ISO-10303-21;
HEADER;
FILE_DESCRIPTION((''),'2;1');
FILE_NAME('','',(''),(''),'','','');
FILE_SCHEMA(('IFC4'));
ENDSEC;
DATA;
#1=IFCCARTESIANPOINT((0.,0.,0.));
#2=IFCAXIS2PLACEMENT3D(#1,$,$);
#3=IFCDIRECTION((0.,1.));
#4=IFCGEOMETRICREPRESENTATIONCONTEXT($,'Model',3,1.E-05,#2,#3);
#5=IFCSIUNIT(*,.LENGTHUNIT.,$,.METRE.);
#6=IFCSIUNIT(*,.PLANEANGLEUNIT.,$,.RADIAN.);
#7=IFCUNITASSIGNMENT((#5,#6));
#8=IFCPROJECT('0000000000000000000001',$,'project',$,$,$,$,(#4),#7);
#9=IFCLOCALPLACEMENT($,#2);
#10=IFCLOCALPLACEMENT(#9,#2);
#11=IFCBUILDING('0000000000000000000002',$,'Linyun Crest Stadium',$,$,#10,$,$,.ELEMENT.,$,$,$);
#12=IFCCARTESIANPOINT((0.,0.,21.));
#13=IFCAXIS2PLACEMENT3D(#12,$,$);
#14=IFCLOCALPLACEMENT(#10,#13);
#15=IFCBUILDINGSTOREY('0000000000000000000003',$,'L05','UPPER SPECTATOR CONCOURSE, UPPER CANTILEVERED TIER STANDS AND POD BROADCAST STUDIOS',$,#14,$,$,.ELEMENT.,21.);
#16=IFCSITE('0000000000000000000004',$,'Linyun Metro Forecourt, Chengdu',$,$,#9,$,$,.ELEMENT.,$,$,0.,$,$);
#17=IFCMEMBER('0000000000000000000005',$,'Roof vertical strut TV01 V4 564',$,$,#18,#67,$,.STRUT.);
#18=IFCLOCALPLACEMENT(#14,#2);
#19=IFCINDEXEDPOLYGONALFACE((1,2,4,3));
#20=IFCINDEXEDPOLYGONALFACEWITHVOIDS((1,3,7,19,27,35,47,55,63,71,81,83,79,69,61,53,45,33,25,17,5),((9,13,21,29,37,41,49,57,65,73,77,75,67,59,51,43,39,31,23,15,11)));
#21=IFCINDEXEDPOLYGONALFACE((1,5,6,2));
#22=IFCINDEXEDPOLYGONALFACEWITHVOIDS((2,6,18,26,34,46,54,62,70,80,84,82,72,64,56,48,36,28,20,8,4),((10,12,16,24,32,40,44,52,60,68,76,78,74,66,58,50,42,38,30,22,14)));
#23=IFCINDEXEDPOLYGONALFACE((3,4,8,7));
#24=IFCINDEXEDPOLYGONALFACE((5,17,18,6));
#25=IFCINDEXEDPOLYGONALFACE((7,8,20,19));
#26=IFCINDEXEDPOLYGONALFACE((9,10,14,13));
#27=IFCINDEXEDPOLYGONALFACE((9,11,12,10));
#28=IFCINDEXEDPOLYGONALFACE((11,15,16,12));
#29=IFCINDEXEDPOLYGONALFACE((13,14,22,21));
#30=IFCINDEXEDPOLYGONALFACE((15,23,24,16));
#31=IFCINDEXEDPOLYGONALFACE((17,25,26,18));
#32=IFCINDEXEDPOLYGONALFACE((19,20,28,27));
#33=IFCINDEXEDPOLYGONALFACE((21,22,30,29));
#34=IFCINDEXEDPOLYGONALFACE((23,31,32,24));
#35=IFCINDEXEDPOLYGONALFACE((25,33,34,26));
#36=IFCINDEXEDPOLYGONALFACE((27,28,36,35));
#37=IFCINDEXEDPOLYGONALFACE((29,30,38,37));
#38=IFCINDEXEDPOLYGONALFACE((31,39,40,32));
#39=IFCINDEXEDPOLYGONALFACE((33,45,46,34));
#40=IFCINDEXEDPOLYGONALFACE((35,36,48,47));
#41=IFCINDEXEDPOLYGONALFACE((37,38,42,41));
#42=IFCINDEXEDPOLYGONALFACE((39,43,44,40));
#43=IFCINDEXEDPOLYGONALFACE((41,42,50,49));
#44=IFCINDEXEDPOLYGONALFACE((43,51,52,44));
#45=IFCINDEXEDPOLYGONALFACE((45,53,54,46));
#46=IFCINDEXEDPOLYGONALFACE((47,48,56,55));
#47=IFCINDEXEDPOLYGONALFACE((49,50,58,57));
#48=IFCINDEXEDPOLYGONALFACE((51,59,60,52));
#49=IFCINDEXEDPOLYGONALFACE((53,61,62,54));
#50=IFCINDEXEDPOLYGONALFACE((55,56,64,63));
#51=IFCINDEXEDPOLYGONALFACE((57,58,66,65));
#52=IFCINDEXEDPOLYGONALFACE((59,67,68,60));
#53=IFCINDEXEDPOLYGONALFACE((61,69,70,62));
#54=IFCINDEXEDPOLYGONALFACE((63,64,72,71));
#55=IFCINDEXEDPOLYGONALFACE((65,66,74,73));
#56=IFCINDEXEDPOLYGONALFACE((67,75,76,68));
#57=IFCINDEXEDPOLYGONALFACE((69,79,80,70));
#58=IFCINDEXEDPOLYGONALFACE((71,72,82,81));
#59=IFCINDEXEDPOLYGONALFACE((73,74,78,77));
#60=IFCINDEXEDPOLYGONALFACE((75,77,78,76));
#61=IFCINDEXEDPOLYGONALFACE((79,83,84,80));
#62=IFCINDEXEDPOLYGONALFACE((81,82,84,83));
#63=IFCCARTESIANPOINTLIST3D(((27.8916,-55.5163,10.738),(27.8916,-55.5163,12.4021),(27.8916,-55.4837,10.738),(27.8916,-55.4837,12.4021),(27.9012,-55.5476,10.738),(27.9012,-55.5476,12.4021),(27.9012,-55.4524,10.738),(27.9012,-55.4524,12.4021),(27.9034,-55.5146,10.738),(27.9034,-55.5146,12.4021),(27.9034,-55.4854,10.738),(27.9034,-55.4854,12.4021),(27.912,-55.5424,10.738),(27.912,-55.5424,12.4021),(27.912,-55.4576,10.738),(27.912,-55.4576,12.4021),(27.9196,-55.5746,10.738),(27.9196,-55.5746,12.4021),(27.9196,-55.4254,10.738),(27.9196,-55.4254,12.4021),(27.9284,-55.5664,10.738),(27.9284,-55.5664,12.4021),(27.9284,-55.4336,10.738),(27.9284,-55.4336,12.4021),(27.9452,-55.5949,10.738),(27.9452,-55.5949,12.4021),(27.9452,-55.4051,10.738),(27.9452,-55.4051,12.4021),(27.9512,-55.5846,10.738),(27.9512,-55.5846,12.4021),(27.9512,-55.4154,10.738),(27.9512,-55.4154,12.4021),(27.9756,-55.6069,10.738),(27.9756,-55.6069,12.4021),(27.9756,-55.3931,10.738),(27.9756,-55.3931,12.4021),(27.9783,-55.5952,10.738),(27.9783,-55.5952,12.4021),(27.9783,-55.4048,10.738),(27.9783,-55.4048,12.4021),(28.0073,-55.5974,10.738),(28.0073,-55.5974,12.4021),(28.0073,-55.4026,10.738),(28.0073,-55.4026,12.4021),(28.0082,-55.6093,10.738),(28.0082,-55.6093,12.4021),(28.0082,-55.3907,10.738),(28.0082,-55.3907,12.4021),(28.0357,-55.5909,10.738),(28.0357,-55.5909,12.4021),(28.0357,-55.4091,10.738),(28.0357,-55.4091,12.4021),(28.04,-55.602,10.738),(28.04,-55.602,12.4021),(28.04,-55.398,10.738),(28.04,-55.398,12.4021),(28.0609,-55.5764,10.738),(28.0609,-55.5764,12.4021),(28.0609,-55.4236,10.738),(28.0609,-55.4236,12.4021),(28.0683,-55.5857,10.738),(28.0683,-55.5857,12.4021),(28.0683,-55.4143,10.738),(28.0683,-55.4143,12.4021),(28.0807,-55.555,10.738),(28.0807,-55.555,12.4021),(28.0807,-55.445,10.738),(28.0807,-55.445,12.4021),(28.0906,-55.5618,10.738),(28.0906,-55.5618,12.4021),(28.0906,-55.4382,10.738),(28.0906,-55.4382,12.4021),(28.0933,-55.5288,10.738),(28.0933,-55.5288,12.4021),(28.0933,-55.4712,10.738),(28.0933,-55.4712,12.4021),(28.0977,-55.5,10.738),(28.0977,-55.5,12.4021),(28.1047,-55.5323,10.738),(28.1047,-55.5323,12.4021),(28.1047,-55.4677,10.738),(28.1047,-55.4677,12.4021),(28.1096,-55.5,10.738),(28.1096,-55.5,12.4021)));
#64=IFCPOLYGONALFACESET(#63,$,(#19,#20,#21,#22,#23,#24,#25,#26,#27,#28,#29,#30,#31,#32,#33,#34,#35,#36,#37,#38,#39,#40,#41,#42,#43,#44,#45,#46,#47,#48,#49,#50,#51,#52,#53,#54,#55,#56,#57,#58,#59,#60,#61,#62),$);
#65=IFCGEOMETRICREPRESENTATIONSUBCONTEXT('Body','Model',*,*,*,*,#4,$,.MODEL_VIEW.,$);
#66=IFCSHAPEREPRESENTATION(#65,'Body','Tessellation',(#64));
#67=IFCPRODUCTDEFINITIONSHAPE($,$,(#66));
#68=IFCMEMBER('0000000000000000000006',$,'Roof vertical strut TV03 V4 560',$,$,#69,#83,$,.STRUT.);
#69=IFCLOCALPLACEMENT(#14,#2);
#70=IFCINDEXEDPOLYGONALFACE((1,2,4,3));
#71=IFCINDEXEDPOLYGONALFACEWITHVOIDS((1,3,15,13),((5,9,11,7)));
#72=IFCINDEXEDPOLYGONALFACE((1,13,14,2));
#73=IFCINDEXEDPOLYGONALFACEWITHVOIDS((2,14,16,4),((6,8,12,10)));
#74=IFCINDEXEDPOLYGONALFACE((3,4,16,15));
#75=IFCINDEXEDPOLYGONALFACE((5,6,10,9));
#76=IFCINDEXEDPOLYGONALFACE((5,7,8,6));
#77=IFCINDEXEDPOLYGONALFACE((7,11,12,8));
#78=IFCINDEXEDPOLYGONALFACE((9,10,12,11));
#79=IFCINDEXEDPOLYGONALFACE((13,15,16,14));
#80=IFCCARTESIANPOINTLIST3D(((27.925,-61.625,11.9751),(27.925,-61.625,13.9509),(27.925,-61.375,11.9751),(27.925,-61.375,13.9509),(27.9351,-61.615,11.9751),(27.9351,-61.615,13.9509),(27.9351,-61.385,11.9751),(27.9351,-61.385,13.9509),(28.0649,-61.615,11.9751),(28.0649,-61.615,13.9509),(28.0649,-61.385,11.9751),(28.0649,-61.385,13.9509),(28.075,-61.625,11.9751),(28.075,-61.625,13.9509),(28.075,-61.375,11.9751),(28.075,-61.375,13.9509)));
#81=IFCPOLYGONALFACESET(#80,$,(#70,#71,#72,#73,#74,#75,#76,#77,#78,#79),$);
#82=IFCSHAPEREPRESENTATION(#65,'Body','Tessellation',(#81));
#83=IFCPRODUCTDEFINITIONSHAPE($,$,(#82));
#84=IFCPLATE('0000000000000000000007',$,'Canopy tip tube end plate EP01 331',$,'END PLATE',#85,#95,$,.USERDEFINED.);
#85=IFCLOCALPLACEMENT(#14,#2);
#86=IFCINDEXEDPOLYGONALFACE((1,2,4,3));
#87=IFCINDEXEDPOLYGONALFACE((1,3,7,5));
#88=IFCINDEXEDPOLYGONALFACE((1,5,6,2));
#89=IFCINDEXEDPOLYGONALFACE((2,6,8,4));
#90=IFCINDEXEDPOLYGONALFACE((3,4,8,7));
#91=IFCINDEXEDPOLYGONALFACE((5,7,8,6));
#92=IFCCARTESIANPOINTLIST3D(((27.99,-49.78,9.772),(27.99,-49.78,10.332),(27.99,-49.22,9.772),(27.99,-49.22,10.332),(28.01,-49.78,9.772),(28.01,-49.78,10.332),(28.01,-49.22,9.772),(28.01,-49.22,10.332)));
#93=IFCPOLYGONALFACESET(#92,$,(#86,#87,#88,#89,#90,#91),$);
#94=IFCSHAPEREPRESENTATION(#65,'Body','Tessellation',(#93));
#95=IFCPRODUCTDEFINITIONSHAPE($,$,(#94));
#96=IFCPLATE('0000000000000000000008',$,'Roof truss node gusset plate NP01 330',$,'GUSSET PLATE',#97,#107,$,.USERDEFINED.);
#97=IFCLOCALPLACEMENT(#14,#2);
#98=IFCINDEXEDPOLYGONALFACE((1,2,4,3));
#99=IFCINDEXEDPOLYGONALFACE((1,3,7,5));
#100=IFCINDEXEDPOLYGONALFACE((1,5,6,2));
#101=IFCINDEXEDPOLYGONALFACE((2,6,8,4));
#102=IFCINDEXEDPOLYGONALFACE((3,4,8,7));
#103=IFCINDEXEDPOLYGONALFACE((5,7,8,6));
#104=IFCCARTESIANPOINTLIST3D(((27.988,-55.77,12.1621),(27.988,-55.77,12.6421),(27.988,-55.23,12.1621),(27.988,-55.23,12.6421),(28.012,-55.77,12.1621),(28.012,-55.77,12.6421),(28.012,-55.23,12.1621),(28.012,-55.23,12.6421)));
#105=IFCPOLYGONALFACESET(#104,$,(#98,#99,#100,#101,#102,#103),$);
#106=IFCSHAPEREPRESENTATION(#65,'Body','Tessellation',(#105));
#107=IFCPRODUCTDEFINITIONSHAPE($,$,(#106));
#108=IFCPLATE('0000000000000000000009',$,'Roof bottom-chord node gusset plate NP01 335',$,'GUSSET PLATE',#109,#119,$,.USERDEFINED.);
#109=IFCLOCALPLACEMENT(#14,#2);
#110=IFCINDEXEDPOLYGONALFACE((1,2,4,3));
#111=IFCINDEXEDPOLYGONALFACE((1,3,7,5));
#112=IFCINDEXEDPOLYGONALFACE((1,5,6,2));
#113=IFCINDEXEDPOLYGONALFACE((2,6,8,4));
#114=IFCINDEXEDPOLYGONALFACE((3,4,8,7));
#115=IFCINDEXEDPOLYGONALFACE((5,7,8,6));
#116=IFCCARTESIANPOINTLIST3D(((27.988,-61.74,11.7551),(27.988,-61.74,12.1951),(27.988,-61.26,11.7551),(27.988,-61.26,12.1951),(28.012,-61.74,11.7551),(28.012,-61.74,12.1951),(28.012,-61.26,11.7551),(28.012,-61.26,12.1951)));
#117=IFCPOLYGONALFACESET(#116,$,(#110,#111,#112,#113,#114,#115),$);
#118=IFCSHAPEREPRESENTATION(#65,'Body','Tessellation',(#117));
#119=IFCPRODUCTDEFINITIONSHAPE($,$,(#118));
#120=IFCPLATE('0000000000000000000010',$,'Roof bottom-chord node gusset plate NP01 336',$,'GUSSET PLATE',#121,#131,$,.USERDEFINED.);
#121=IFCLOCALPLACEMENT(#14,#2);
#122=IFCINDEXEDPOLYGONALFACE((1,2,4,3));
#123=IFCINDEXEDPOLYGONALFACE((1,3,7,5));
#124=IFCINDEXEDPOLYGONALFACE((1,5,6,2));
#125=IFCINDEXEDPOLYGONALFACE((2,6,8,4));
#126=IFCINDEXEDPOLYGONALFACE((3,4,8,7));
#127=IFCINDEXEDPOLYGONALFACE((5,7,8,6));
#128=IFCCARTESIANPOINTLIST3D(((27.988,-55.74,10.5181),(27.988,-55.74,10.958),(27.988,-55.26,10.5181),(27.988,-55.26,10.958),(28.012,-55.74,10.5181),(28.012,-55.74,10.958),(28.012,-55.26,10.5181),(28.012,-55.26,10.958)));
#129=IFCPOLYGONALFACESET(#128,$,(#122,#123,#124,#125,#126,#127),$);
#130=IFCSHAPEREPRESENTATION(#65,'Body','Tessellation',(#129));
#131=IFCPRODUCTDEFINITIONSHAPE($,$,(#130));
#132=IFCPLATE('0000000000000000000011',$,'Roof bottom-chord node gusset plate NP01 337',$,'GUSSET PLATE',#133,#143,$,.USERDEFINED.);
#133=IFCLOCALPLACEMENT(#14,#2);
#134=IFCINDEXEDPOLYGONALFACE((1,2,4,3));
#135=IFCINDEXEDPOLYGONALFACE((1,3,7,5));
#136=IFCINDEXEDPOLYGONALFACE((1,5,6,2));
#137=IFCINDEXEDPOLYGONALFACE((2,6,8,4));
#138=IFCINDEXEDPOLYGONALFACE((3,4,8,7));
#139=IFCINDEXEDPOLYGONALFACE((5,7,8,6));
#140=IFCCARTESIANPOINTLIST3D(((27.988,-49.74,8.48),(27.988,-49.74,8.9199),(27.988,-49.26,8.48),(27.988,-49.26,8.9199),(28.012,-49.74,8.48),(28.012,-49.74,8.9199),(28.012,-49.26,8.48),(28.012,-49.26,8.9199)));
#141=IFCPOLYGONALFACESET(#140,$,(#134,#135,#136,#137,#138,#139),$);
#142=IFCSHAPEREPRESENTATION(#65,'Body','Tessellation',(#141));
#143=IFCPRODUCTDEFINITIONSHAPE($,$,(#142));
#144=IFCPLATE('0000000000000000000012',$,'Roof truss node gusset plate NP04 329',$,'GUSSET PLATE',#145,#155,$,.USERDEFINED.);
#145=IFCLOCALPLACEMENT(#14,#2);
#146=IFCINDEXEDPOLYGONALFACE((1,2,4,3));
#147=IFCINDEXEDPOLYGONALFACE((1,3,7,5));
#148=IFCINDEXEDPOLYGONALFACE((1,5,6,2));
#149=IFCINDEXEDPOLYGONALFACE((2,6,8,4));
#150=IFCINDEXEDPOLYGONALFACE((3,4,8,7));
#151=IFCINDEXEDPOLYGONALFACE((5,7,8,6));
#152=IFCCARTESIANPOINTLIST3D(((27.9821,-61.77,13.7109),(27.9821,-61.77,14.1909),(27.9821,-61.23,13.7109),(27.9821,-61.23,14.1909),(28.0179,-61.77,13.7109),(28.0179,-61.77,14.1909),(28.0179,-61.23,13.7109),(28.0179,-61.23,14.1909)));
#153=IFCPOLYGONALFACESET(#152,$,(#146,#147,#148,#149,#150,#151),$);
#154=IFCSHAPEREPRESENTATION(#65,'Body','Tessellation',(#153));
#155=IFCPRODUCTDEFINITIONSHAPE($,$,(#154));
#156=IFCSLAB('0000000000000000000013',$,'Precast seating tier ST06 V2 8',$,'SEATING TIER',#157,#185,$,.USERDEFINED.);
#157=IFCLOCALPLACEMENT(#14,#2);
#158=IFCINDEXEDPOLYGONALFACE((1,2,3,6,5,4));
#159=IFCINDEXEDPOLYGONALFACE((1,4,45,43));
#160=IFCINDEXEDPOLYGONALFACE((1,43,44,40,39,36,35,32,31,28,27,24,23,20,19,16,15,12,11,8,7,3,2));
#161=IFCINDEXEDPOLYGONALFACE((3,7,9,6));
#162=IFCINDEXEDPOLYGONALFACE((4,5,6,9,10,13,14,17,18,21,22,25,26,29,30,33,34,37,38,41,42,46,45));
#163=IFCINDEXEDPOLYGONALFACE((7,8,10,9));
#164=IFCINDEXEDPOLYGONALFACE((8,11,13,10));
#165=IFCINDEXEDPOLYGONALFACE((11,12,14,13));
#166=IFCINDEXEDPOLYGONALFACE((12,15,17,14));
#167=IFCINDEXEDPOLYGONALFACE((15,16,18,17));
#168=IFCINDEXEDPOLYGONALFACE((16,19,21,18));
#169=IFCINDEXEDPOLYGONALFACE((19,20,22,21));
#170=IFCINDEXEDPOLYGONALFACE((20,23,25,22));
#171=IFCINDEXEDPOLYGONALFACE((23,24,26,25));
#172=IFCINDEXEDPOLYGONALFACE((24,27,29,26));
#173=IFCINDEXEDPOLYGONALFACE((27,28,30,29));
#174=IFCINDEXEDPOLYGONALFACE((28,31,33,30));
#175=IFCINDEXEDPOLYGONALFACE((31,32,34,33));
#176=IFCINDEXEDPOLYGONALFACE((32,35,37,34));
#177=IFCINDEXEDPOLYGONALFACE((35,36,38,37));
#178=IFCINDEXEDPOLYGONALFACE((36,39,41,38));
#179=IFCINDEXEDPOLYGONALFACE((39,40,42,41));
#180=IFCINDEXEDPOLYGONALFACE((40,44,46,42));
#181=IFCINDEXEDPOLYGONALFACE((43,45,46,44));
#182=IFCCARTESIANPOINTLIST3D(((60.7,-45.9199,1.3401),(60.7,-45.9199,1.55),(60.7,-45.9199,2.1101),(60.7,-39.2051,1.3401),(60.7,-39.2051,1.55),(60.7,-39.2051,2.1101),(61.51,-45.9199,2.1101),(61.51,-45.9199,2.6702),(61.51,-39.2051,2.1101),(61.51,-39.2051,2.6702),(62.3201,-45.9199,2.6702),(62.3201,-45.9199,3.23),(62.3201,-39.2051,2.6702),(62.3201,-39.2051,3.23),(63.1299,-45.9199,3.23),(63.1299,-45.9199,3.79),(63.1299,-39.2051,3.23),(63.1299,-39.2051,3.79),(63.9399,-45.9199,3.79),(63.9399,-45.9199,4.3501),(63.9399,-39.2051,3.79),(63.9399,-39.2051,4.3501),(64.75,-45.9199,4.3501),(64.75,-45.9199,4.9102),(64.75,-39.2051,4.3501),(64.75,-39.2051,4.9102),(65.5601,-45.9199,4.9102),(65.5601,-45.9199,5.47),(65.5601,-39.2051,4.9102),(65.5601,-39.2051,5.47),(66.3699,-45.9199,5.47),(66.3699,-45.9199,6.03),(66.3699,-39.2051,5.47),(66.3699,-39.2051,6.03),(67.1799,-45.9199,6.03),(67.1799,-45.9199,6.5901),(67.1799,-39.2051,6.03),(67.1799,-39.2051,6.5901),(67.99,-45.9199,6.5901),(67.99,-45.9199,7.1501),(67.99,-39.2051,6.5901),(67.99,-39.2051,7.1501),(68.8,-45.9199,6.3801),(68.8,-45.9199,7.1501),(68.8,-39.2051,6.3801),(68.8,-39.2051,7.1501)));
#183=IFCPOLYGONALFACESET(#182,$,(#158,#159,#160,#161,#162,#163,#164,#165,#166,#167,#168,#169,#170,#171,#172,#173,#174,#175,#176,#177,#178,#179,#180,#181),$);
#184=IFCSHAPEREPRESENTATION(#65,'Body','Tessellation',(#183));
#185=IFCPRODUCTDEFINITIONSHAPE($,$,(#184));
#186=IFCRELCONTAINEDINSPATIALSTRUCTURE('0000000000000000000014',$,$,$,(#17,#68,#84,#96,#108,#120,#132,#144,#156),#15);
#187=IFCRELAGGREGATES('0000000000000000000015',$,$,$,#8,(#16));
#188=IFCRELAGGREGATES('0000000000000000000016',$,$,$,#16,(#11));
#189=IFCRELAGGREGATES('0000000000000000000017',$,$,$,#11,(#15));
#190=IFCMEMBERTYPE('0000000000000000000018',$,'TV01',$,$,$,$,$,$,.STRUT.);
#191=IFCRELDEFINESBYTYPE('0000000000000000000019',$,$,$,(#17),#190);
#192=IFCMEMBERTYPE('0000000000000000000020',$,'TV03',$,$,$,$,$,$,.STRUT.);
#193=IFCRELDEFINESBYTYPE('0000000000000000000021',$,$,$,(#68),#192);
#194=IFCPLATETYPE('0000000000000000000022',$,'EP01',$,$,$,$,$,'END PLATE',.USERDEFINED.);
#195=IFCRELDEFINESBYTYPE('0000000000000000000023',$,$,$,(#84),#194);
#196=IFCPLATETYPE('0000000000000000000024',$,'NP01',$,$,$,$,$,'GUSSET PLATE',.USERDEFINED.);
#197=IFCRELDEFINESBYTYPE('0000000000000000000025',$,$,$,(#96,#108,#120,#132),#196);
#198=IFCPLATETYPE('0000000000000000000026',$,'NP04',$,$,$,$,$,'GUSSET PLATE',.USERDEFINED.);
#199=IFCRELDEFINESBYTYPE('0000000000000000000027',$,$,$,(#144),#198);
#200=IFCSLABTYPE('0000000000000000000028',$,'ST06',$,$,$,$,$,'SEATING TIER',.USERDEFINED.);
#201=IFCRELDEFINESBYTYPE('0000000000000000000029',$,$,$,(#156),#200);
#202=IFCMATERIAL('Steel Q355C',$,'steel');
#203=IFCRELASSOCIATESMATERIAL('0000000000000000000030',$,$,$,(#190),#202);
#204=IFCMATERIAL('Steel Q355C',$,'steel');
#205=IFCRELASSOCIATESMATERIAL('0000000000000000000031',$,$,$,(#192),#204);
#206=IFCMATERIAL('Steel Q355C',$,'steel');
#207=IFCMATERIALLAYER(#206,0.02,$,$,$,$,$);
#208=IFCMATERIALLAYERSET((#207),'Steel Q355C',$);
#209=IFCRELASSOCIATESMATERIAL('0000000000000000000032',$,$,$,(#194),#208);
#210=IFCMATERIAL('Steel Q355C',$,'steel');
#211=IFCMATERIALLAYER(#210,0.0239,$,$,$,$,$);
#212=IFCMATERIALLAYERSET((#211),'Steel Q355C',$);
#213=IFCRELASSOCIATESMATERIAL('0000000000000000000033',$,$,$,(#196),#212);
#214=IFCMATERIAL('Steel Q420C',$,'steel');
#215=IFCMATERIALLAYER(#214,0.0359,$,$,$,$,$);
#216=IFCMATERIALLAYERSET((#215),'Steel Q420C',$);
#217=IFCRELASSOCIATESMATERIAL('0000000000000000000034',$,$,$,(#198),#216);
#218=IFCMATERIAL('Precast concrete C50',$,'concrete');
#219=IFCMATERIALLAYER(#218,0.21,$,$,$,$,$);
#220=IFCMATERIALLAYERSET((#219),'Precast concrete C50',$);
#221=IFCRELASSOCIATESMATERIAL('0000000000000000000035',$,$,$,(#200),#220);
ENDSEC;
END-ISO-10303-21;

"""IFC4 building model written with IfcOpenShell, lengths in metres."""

from ifc_helpers import new_model, si_unit, direction, frame, origin, origin_2d, place, context, subcontext, project, spatial, polyline, rectangle, hollow_rectangle, hollow_circle, outline, extrude, material, layer, layer_set, material_profile, profile_set, type_object, element, save


model = new_model("IFC4")

# Units and contexts
model_context = context("Model", 3, precision=1e-05, world=origin(), true_north=direction((0.0, 1.0)))
body_context = subcontext(model_context, "Body", "Model", "MODEL_VIEW")
ifc_project = project(units=[si_unit("LENGTHUNIT", "METRE"), si_unit("PLANEANGLEUNIT", "RADIAN")], contexts=[model_context])

# Site, building, storey
site_placement = place(None, origin())
site = spatial("IfcSite", under=ifc_project, at=site_placement, Name="Linyun Metro Forecourt, Chengdu", CompositionType="ELEMENT", RefElevation=0.0)
building_placement = place(site_placement, origin())
building = spatial("IfcBuilding", under=site, at=building_placement, Name="Linyun Crest Stadium", CompositionType="ELEMENT")
storey_placement = place(building_placement, frame((0.0, 0.0, 21.0)))
storey = spatial("IfcBuildingStorey", under=building, at=storey_placement, Name="L05", Description="UPPER SPECTATOR CONCOURSE, UPPER CANTILEVERED TIER STANDS AND POD BROADCAST STUDIOS", CompositionType="ELEMENT", Elevation=21.0)

# Members
ifc_material_1 = material(Name="Steel Q355C", Category="steel")
ifc_material_profile_1 = material_profile(ifc_material_1, hollow_circle(Radius=0.1096, WallThickness=0.012, at=origin_2d()), Name="CHS 219x12")
ifc_profile_set_1 = profile_set([ifc_material_profile_1], Name="Steel Q355C")
member_type_1 = type_object("IfcMemberType", Name="TV01", PredefinedType="STRUT", material=ifc_profile_set_1)
member_1_placement = place(storey_placement, frame((28.0, -55.5, 10.738), z_axis=(0.0, 0.0, 1.0), x_axis=(1.0, 0.0, 0.0)))
element("IfcMember", 1, at=member_1_placement, inside=storey, type_object=member_type_1, Name="Roof vertical strut TV01 V4 564", PredefinedType="STRUT", context=body_context, shape_type="SweptSolid", body=[
    extrude(hollow_circle(Radius=0.1096, WallThickness=0.012, at=origin_2d()), origin(), (0.0, 0.0, 1.0), 1.6641),
])
ifc_material_2 = material(Name="Steel Q355C", Category="steel")
ifc_material_profile_2 = material_profile(ifc_material_2, hollow_rectangle(XDim=0.1499, YDim=0.25, WallThickness=0.01, at=origin_2d()), Name="RHS 250x150x10")
ifc_profile_set_2 = profile_set([ifc_material_profile_2], Name="Steel Q355C")
member_type_2 = type_object("IfcMemberType", Name="TV03", PredefinedType="STRUT", material=ifc_profile_set_2)
member_2_placement = place(storey_placement, frame((28.0, -61.5, 11.9751), z_axis=(0.0, 0.0, 1.0), x_axis=(1.0, 0.0, 0.0)))
element("IfcMember", 2, at=member_2_placement, inside=storey, type_object=member_type_2, Name="Roof vertical strut TV03 V4 560", PredefinedType="STRUT", context=body_context, shape_type="SweptSolid", body=[
    extrude(hollow_rectangle(XDim=0.1499, YDim=0.25, WallThickness=0.01, at=origin_2d()), origin(), (0.0, 0.0, 1.0), 1.9758),
])

# Plates
ifc_material_3 = material(Name="Steel Q355C", Category="steel")
ifc_layer_1 = layer(ifc_material_3, 0.02)
ifc_layer_set_1 = layer_set([ifc_layer_1], Name="Steel Q355C")
plate_type_1 = type_object("IfcPlateType", Name="EP01", ElementType="END PLATE", PredefinedType="USERDEFINED", material=ifc_layer_set_1)
plate_1_placement = place(storey_placement, frame((28.0, -49.5, 9.772), z_axis=(0.0, 0.0, 1.0), x_axis=(0.0, 1.0, 0.0)))
element("IfcPlate", 3, at=plate_1_placement, inside=storey, type_object=plate_type_1, Name="Canopy tip tube end plate EP01 331", ObjectType="END PLATE", PredefinedType="USERDEFINED", context=body_context, shape_type="SweptSolid", body=[
    extrude(rectangle(XDim=0.5601, YDim=0.02, at=origin_2d()), origin(), (0.0, 0.0, 1.0), 0.5601),
])
ifc_material_4 = material(Name="Steel Q355C", Category="steel")
ifc_layer_2 = layer(ifc_material_4, 0.0239)
ifc_layer_set_2 = layer_set([ifc_layer_2], Name="Steel Q355C")
plate_type_2 = type_object("IfcPlateType", Name="NP01", ElementType="GUSSET PLATE", PredefinedType="USERDEFINED", material=ifc_layer_set_2)
plate_2_placement = place(storey_placement, frame((28.0, -55.5, 12.1621), z_axis=(0.0, 0.0, 1.0), x_axis=(0.0, 1.0, 0.0)))
element("IfcPlate", 4, at=plate_2_placement, inside=storey, type_object=plate_type_2, Name="Roof truss node gusset plate NP01 330", ObjectType="GUSSET PLATE", PredefinedType="USERDEFINED", context=body_context, shape_type="SweptSolid", body=[
    extrude(rectangle(XDim=0.54, YDim=0.0239, at=origin_2d()), origin(), (0.0, 0.0, 1.0), 0.48),
])
for number, where, z_axis, x_axis, name in (
    (5, (28.0, -61.5, 11.7551), (0.0, 0.0, 1.0), (0.0, 1.0, 0.0), "Roof bottom-chord node gusset plate NP01 335"),
    (6, (28.0, -55.5, 10.5181), (0.0, 0.0, 1.0), (0.0, 1.0, 0.0), "Roof bottom-chord node gusset plate NP01 336"),
    (7, (28.0, -49.5, 8.48), (0.0, 0.0, 1.0), (0.0, 1.0, 0.0), "Roof bottom-chord node gusset plate NP01 337"),
):
    element("IfcPlate", number, at=place(storey_placement, frame(where, z_axis=z_axis, x_axis=x_axis)), inside=storey, type_object=plate_type_2, Name=name, ObjectType="GUSSET PLATE", PredefinedType="USERDEFINED", context=body_context, shape_type="SweptSolid", body=[
        extrude(rectangle(XDim=0.48, YDim=0.0239, at=origin_2d()), origin(), (0.0, 0.0, 1.0), 0.4399),
    ])
ifc_material_5 = material(Name="Steel Q420C", Category="steel")
ifc_layer_3 = layer(ifc_material_5, 0.0359)
ifc_layer_set_3 = layer_set([ifc_layer_3], Name="Steel Q420C")
plate_type_3 = type_object("IfcPlateType", Name="NP04", ElementType="GUSSET PLATE", PredefinedType="USERDEFINED", material=ifc_layer_set_3)
plate_3_placement = place(storey_placement, frame((28.0, -61.5, 13.7109), z_axis=(0.0, 0.0, 1.0), x_axis=(0.0, 1.0, 0.0)))
element("IfcPlate", 8, at=plate_3_placement, inside=storey, type_object=plate_type_3, Name="Roof truss node gusset plate NP04 329", ObjectType="GUSSET PLATE", PredefinedType="USERDEFINED", context=body_context, shape_type="SweptSolid", body=[
    extrude(rectangle(XDim=0.54, YDim=0.0359, at=origin_2d()), origin(), (0.0, 0.0, 1.0), 0.48),
])

# Slab
ifc_material_6 = material(Name="Precast concrete C50", Category="concrete")
ifc_layer_4 = layer(ifc_material_6, 0.21)
ifc_layer_set_4 = layer_set([ifc_layer_4], Name="Precast concrete C50")
slab_type = type_object("IfcSlabType", Name="ST06", ElementType="SEATING TIER", PredefinedType="USERDEFINED", material=ifc_layer_set_4)
slab_placement = place(storey_placement, frame((60.7, -45.9199, 1.55), z_axis=(0.0, 0.0, 1.0), x_axis=(1.0, 0.0, 0.0)))
element("IfcSlab", 9, at=slab_placement, inside=storey, type_object=slab_type, Name="Precast seating tier ST06 V2 8", ObjectType="SEATING TIER", PredefinedType="USERDEFINED", context=body_context, shape_type="SweptSolid", body=[
    extrude(outline(polyline([(0.0, 0.0), (0.0, -0.5601), (0.8101, -0.5601), (0.8101, -1.1201), (1.6201, -1.1201), (1.6201, -1.6799), (2.4299, -1.6799), (2.4299, -2.24), (3.24, -2.24), (3.24, -2.8), (4.05, -2.8), (4.05, -3.3601), (4.8601, -3.3601), (4.8601, -3.9199), (5.6699, -3.9199), (5.6699, -4.48), (6.48, -4.48), (6.48, -5.04), (7.29, -5.04), (7.29, -5.6001), (8.1001, -5.6001), (8.1001, -4.8301), (0.0, 0.21), (0.0, 0.0)])), frame((0.0, 0.0, 0.0), z_axis=(0.0, 1.0, 0.0), x_axis=(1.0, 0.0, 0.0)), (0.0, 0.0, 1.0), 6.7148),
])

save(model, "model.ifc")
